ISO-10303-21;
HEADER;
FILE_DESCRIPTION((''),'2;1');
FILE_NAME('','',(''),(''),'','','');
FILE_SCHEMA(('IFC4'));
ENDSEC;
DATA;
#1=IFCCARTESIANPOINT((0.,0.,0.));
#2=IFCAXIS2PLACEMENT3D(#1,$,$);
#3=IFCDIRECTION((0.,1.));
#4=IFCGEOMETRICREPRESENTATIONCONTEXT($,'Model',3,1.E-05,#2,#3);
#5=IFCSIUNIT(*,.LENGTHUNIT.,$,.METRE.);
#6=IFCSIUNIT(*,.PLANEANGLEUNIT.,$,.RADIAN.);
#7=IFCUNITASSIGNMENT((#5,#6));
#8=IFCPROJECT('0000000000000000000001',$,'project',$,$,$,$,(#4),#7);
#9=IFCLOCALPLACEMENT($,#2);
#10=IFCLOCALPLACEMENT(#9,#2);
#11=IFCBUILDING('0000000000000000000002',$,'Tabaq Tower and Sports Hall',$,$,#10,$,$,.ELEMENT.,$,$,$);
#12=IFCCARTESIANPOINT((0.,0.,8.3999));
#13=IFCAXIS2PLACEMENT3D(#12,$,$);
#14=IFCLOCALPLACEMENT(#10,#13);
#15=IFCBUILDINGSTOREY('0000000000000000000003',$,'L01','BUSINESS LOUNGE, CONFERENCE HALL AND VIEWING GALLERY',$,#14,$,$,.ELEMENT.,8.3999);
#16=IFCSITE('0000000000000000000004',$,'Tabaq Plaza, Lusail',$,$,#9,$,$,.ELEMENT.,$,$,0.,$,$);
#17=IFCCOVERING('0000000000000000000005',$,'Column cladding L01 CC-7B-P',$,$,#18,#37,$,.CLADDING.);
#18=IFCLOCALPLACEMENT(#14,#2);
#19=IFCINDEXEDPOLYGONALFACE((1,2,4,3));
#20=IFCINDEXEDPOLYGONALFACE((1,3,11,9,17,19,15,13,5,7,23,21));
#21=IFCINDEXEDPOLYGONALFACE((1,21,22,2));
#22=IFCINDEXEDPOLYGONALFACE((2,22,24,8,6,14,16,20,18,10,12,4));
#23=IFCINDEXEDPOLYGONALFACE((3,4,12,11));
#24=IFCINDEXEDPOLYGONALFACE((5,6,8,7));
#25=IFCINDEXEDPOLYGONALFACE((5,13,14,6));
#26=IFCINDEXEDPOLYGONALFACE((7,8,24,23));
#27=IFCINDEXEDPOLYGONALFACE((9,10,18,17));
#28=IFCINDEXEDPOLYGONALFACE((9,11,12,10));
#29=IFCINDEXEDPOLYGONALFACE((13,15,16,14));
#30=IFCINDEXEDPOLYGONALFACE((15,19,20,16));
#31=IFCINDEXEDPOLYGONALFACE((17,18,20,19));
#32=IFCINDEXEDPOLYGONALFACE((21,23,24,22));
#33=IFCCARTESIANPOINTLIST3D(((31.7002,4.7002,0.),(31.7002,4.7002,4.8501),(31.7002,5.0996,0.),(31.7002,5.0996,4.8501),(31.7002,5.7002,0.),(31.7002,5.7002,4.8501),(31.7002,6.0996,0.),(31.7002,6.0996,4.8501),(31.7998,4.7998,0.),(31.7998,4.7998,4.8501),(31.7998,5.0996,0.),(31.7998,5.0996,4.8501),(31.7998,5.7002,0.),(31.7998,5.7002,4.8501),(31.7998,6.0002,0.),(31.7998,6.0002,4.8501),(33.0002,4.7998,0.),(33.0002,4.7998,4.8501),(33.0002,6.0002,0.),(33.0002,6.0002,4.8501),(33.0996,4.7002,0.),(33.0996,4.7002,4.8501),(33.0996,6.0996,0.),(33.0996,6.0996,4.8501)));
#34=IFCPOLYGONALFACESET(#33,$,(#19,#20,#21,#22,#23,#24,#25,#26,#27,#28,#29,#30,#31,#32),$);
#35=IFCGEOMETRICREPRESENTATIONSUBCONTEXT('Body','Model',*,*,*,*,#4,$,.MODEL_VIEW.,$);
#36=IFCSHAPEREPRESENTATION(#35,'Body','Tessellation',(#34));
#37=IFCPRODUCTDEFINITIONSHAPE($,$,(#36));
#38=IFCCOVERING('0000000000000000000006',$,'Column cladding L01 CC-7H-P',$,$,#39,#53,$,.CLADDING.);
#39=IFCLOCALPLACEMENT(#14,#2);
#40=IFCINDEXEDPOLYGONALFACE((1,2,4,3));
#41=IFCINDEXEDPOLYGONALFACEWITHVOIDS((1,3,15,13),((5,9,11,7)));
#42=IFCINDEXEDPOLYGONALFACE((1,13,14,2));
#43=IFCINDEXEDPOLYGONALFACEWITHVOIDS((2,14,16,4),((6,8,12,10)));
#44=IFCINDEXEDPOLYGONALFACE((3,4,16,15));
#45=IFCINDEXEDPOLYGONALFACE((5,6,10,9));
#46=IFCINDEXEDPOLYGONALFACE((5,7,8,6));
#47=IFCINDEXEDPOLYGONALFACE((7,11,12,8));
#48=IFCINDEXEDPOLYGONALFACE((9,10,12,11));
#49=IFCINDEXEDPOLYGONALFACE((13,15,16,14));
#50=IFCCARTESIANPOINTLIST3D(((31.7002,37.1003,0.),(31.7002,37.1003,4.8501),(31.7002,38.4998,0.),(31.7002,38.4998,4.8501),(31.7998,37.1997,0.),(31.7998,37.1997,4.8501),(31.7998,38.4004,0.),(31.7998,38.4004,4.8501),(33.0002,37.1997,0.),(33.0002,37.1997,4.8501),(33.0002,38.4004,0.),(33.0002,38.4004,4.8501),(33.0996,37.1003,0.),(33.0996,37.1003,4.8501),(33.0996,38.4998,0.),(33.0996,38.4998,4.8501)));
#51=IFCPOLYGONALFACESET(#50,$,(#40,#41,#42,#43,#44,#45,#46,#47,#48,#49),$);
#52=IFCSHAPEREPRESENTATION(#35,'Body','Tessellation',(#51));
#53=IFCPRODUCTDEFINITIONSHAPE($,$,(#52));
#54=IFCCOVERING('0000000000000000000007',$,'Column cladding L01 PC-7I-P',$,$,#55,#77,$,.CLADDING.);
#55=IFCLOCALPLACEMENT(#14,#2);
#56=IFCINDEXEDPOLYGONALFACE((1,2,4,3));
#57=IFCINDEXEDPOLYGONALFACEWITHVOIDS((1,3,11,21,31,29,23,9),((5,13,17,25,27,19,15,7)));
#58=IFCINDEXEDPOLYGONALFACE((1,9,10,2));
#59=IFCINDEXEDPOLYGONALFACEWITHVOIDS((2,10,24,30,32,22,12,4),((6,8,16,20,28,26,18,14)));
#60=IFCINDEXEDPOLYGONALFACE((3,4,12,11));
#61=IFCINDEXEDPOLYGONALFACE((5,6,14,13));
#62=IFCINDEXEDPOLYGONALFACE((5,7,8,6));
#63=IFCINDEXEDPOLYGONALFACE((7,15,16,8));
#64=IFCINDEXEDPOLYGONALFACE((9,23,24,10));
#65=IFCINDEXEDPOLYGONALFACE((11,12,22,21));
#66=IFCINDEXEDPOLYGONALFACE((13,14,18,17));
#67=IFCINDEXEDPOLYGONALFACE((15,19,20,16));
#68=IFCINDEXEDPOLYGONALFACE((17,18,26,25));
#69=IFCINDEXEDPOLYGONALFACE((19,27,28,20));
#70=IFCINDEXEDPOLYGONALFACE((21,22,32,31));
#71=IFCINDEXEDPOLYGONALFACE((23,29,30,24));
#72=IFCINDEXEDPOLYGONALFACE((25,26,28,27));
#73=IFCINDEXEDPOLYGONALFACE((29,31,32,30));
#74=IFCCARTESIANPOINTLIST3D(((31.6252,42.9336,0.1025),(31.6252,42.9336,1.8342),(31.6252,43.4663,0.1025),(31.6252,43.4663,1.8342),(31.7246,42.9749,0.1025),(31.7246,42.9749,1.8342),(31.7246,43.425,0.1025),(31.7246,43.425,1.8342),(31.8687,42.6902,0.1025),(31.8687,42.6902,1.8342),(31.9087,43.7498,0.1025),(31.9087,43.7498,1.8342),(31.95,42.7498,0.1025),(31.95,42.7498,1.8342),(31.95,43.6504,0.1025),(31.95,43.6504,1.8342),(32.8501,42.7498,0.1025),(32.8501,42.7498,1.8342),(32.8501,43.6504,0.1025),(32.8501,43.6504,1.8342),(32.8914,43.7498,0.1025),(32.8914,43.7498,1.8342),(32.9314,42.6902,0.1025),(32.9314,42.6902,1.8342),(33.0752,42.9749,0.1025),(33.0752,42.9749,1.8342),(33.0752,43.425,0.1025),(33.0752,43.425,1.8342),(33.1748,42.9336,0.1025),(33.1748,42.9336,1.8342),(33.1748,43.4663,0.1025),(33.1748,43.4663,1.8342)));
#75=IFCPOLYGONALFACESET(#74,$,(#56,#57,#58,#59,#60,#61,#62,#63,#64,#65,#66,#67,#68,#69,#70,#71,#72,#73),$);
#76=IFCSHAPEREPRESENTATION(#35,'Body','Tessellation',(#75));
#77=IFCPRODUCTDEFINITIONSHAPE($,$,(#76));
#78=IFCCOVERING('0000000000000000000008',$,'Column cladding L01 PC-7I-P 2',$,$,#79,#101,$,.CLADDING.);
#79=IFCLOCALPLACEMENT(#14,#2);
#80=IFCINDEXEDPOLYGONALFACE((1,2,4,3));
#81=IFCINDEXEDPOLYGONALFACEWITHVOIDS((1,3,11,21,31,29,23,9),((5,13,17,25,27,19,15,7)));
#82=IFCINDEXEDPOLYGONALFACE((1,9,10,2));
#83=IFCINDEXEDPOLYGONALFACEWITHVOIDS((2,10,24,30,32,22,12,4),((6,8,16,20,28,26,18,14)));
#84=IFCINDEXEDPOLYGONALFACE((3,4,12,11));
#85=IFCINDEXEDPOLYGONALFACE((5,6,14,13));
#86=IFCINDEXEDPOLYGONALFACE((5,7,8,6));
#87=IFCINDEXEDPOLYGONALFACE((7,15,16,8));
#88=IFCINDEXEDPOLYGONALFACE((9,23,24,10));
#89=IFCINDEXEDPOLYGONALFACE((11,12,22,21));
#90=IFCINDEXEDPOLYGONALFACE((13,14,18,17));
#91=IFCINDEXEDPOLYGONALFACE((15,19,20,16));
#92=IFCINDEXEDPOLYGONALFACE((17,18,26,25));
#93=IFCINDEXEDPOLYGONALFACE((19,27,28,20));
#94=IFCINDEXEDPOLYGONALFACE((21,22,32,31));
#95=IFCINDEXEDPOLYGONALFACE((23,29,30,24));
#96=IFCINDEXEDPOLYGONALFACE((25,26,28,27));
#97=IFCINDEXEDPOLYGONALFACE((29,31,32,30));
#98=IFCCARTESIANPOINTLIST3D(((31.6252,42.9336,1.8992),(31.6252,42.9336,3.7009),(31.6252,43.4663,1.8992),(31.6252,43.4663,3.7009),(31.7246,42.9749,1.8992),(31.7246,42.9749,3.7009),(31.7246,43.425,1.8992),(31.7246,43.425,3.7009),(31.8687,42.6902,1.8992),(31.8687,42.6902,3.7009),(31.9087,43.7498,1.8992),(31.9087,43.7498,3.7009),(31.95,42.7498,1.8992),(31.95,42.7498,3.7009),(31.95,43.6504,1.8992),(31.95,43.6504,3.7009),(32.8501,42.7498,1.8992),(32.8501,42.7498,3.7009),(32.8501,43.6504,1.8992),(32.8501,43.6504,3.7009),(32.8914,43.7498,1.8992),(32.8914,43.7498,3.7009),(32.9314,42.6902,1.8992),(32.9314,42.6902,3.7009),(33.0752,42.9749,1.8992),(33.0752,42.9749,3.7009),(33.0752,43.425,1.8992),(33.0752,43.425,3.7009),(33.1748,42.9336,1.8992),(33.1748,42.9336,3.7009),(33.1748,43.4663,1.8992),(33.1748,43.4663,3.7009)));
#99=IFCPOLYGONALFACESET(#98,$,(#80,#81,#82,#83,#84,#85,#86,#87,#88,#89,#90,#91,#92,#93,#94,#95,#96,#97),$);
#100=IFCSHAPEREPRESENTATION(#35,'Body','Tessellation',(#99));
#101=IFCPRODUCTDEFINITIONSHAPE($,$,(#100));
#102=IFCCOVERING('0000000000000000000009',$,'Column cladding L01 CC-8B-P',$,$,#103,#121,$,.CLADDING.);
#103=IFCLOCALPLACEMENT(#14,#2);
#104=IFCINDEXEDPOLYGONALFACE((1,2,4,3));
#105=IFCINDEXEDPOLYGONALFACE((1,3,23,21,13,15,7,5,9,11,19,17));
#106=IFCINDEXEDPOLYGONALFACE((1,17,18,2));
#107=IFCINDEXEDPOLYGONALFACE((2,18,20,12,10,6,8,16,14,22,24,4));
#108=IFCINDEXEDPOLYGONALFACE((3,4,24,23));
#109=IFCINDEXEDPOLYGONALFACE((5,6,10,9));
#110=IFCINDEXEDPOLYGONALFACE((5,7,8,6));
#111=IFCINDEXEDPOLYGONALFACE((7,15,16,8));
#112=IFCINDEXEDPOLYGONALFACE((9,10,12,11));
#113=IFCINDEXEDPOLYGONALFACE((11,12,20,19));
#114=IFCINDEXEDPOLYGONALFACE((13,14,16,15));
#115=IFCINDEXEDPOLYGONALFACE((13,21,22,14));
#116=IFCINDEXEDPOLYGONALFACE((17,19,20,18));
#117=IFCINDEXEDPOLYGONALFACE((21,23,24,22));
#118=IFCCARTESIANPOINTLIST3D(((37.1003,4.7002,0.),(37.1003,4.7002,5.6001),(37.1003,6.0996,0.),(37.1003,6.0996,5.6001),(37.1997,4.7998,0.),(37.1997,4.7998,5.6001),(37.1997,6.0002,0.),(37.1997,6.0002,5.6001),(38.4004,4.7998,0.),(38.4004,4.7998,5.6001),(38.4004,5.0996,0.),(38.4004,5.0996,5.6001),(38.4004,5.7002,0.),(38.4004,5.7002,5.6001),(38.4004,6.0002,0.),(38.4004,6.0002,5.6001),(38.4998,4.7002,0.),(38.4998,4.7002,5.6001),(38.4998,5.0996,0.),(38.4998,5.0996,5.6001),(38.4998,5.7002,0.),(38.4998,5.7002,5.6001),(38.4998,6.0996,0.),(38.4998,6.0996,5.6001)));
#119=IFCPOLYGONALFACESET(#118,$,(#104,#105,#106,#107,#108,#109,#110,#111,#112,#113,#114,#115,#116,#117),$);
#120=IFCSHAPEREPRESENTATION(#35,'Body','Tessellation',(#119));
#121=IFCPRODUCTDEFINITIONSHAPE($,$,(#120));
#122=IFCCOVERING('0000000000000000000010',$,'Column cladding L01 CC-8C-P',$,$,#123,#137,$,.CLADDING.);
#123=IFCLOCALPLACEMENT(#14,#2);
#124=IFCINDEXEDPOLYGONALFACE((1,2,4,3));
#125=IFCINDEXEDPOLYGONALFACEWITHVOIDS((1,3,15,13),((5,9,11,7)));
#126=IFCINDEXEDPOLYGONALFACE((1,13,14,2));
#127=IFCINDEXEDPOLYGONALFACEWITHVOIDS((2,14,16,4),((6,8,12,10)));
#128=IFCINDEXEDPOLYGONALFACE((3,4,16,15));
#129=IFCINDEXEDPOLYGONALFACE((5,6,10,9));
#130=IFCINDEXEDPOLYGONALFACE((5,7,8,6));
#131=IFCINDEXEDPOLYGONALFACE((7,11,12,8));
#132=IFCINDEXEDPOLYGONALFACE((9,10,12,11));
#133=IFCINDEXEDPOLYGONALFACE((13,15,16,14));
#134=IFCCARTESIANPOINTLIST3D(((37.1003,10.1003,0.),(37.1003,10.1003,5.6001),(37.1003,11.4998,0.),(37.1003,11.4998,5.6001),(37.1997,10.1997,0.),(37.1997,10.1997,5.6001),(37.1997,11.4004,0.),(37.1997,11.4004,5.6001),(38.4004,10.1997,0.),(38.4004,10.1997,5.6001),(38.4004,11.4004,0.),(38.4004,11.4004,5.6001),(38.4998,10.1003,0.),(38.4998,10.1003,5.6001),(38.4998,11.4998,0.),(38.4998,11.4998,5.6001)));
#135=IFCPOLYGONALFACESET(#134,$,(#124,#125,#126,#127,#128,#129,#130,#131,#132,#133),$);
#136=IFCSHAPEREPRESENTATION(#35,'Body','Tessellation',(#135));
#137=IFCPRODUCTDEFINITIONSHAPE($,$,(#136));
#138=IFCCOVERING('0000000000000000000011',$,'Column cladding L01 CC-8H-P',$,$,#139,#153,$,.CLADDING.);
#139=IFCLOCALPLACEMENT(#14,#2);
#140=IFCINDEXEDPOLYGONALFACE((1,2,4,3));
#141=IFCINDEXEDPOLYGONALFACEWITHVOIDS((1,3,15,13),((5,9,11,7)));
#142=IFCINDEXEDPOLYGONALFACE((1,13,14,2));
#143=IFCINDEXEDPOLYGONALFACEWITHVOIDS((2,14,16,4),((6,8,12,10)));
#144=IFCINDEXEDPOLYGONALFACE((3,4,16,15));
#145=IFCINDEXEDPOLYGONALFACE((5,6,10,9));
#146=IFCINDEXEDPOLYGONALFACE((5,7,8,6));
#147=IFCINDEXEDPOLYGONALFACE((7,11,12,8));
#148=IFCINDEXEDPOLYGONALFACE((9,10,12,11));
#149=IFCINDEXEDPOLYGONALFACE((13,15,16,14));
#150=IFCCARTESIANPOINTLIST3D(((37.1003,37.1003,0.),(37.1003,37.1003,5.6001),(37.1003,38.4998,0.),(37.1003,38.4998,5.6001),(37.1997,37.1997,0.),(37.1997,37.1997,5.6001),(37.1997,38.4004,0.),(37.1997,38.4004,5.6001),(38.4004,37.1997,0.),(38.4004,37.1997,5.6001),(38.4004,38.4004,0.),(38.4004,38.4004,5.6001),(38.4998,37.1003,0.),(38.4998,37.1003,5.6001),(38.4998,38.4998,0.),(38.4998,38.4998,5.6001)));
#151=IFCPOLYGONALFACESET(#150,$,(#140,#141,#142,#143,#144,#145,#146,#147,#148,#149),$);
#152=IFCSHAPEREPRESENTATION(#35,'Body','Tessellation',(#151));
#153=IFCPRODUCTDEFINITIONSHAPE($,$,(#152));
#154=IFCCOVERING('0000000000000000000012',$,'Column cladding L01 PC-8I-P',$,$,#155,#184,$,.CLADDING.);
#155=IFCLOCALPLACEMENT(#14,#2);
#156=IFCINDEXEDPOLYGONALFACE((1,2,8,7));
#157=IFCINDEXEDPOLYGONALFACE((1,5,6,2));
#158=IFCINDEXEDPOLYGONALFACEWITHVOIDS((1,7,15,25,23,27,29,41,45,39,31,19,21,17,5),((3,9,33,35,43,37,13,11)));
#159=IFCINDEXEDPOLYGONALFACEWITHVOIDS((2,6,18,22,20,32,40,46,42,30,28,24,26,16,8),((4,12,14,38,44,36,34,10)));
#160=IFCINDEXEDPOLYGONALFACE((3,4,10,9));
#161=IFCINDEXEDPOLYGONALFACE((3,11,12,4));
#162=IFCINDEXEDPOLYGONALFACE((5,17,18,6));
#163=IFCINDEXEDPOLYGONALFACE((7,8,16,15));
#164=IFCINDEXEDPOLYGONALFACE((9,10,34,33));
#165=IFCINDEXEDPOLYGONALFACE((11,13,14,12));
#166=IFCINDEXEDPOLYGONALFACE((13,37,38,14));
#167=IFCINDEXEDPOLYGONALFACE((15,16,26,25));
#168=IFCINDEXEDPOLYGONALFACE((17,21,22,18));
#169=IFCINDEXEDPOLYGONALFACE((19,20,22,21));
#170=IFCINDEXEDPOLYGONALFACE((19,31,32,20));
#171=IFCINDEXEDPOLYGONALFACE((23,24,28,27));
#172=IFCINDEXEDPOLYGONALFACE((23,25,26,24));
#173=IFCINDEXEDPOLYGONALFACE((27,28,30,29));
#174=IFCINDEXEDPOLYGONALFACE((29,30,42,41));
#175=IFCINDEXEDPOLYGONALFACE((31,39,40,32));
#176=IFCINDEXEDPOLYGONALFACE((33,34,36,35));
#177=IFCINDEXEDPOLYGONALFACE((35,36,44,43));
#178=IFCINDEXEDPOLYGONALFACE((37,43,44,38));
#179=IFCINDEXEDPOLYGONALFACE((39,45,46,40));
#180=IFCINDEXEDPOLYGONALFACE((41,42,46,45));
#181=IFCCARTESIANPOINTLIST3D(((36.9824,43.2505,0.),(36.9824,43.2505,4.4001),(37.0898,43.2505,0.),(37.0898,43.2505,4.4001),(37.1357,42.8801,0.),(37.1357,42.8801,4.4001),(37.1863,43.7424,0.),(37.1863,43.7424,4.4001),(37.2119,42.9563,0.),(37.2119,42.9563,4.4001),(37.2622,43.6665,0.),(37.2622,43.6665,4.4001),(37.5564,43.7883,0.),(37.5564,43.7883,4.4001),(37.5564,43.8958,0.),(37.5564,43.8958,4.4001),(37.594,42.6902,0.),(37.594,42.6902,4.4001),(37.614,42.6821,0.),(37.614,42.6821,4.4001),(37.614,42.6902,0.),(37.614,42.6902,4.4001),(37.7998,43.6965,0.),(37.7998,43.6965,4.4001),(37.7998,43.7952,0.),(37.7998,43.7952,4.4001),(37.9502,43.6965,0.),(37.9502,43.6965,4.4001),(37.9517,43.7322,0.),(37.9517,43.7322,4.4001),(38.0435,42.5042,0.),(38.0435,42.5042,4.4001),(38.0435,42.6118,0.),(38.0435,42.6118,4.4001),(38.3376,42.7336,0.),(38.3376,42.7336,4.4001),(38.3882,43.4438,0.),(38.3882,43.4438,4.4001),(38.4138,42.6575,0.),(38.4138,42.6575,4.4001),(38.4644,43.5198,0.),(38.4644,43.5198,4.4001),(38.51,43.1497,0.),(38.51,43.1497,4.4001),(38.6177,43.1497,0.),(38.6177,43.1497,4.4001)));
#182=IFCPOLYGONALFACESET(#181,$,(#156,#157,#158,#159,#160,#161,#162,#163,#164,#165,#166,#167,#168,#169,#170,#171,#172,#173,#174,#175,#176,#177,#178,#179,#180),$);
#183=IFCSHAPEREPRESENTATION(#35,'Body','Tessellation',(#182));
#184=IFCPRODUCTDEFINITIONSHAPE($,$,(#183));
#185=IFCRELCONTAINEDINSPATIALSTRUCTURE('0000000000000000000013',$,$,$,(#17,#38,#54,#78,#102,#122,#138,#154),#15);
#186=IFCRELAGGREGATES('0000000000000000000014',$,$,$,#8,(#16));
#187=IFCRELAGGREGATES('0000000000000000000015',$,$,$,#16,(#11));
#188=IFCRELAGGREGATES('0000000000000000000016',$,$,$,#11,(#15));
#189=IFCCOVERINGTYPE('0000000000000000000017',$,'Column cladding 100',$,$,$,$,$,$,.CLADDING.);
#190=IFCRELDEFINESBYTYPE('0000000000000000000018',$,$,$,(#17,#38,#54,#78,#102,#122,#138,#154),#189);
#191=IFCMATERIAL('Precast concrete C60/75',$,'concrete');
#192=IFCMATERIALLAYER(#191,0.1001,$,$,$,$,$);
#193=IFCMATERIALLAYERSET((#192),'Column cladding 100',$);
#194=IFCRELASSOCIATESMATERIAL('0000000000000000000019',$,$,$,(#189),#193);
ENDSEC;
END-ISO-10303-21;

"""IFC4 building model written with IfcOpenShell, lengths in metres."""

from ifc_helpers import new_model, si_unit, direction, frame, origin, place, context, subcontext, project, spatial, polyline, outline, extrude, material, layer, layer_set, type_object, element, save


model = new_model("IFC4")

# Units and contexts
model_context = context("Model", 3, precision=1e-05, world=origin(), true_north=direction((0.0, 1.0)))
body_context = subcontext(model_context, "Body", "Model", "MODEL_VIEW")
ifc_project = project(units=[si_unit("LENGTHUNIT", "METRE"), si_unit("PLANEANGLEUNIT", "RADIAN")], contexts=[model_context])

# Site, building, storey
site_placement = place(None, origin())
site = spatial("IfcSite", under=ifc_project, at=site_placement, Name="Tabaq Plaza, Lusail", CompositionType="ELEMENT", RefElevation=0.0)
building_placement = place(site_placement, origin())
building = spatial("IfcBuilding", under=site, at=building_placement, Name="Tabaq Tower and Sports Hall", CompositionType="ELEMENT")
storey_placement = place(building_placement, frame((0.0, 0.0, 8.3999)))
storey = spatial("IfcBuildingStorey", under=building, at=storey_placement, Name="L01", Description="BUSINESS LOUNGE, CONFERENCE HALL AND VIEWING GALLERY", CompositionType="ELEMENT", Elevation=8.3999)

# Coverings
ifc_material_1 = material(Name="Precast concrete C60/75", Category="concrete")
ifc_layer_1 = layer(ifc_material_1, 0.1001)
ifc_layer_set_1 = layer_set([ifc_layer_1], Name="Column cladding 100")
covering_type = type_object("IfcCoveringType", Name="Column cladding 100", PredefinedType="CLADDING", material=ifc_layer_set_1)
covering_1_placement = place(storey_placement, origin())
element("IfcCovering", 1, at=covering_1_placement, inside=storey, type_object=covering_type, Name="Column cladding L01 CC-7B-P", PredefinedType="CLADDING", context=body_context, shape_type="SweptSolid", body=[
    extrude(outline(polyline([(33.0996, 6.0996), (33.0996, 4.7002), (31.7002, 4.7002), (31.7002, 5.0996), (31.7998, 5.0996), (31.7998, 4.7998), (33.0002, 4.7998), (33.0002, 6.0002), (31.7998, 6.0002), (31.7998, 5.7002), (31.7002, 5.7002), (31.7002, 6.0996), (33.0996, 6.0996)])), origin(), (0.0, 0.0, 1.0), 4.8501),
])
covering_2_placement = place(storey_placement, origin())
element("IfcCovering", 2, at=covering_2_placement, inside=storey, type_object=covering_type, Name="Column cladding L01 CC-7H-P", PredefinedType="CLADDING", context=body_context, shape_type="SweptSolid", body=[
    extrude(outline(polyline([(31.7002, 38.4998), (33.0996, 38.4998), (33.0996, 37.1003), (31.7002, 37.1003), (31.7002, 38.4998)]), holes=[polyline([(33.0002, 37.1997), (33.0002, 38.4004), (31.7998, 38.4004), (31.7998, 37.1997), (33.0002, 37.1997)])]), origin(), (0.0, 0.0, 1.0), 4.8501),
])
covering_3_placement = place(storey_placement, frame((0.0, 0.0, 0.1025)))
element("IfcCovering", 3, at=covering_3_placement, inside=storey, type_object=covering_type, Name="Column cladding L01 PC-7I-P", PredefinedType="CLADDING", context=body_context, shape_type="SweptSolid", body=[
    extrude(outline(polyline([(31.6252, 43.4663), (31.9087, 43.7498), (32.8914, 43.7498), (33.1748, 43.4663), (33.1748, 42.9336), (32.9314, 42.6902), (31.8687, 42.6902), (31.6252, 42.9336), (31.6252, 43.4663)]), holes=[polyline([(33.0752, 42.9749), (33.0752, 43.425), (32.8501, 43.6504), (31.95, 43.6504), (31.7246, 43.425), (31.7246, 42.9749), (31.95, 42.7498), (32.8501, 42.7498), (33.0752, 42.9749)])]), origin(), (0.0, 0.0, 1.0), 1.7317),
])
covering_4_placement = place(storey_placement, frame((0.0, 0.0, 1.8992)))
element("IfcCovering", 4, at=covering_4_placement, inside=storey, type_object=covering_type, Name="Column cladding L01 PC-7I-P 2", PredefinedType="CLADDING", context=body_context, shape_type="SweptSolid", body=[
    extrude(outline(polyline([(31.6252, 43.4663), (31.9087, 43.7498), (32.8914, 43.7498), (33.1748, 43.4663), (33.1748, 42.9336), (32.9314, 42.6902), (31.8687, 42.6902), (31.6252, 42.9336), (31.6252, 43.4663)]), holes=[polyline([(33.0752, 42.9749), (33.0752, 43.425), (32.8501, 43.6504), (31.95, 43.6504), (31.7246, 43.425), (31.7246, 42.9749), (31.95, 42.7498), (32.8501, 42.7498), (33.0752, 42.9749)])]), origin(), (0.0, 0.0, 1.0), 1.8018),
])
covering_5_placement = place(storey_placement, origin())
element("IfcCovering", 5, at=covering_5_placement, inside=storey, type_object=covering_type, Name="Column cladding L01 CC-8B-P", PredefinedType="CLADDING", context=body_context, shape_type="SweptSolid", body=[
    extrude(outline(polyline([(38.4998, 6.0996), (38.4998, 5.7002), (38.4004, 5.7002), (38.4004, 6.0002), (37.1997, 6.0002), (37.1997, 4.7998), (38.4004, 4.7998), (38.4004, 5.0996), (38.4998, 5.0996), (38.4998, 4.7002), (37.1003, 4.7002), (37.1003, 6.0996), (38.4998, 6.0996)])), origin(), (0.0, 0.0, 1.0), 5.6001),
])
covering_6_placement = place(storey_placement, origin())
element("IfcCovering", 6, at=covering_6_placement, inside=storey, type_object=covering_type, Name="Column cladding L01 CC-8C-P", PredefinedType="CLADDING", context=body_context, shape_type="SweptSolid", body=[
    extrude(outline(polyline([(37.1003, 11.4998), (38.4998, 11.4998), (38.4998, 10.1003), (37.1003, 10.1003), (37.1003, 11.4998)]), holes=[polyline([(38.4004, 10.1997), (38.4004, 11.4004), (37.1997, 11.4004), (37.1997, 10.1997), (38.4004, 10.1997)])]), origin(), (0.0, 0.0, 1.0), 5.6001),
])
covering_7_placement = place(storey_placement, origin())
element("IfcCovering", 7, at=covering_7_placement, inside=storey, type_object=covering_type, Name="Column cladding L01 CC-8H-P", PredefinedType="CLADDING", context=body_context, shape_type="SweptSolid", body=[
    extrude(outline(polyline([(37.1003, 38.4998), (38.4998, 38.4998), (38.4998, 37.1003), (37.1003, 37.1003), (37.1003, 38.4998)]), holes=[polyline([(38.4004, 37.1997), (38.4004, 38.4004), (37.1997, 38.4004), (37.1997, 37.1997), (38.4004, 37.1997)])]), origin(), (0.0, 0.0, 1.0), 5.6001),
])
covering_8_placement = place(storey_placement, origin())
element("IfcCovering", 8, at=covering_8_placement, inside=storey, type_object=covering_type, Name="Column cladding L01 PC-8I-P", PredefinedType="CLADDING", context=body_context, shape_type="SweptSolid", body=[
    extrude(outline(polyline([(38.4138, 42.6575), (38.0435, 42.5042), (37.614, 42.6821), (37.614, 42.6902), (37.594, 42.6902), (37.1357, 42.8801), (36.9824, 43.2505), (37.1863, 43.7424), (37.5564, 43.8958), (37.7998, 43.7952), (37.7998, 43.6965), (37.9502, 43.6965), (37.9517, 43.7322), (38.4644, 43.5198), (38.6177, 43.1497), (38.4138, 42.6575)]), holes=[polyline([(37.2622, 43.6665), (37.0898, 43.2505), (37.2119, 42.9563), (38.0435, 42.6118), (38.3376, 42.7336), (38.51, 43.1497), (38.3882, 43.4438), (37.5564, 43.7883), (37.2622, 43.6665)])]), origin(), (0.0, 0.0, 1.0), 4.4001),
])

save(model, "model.ifc")
